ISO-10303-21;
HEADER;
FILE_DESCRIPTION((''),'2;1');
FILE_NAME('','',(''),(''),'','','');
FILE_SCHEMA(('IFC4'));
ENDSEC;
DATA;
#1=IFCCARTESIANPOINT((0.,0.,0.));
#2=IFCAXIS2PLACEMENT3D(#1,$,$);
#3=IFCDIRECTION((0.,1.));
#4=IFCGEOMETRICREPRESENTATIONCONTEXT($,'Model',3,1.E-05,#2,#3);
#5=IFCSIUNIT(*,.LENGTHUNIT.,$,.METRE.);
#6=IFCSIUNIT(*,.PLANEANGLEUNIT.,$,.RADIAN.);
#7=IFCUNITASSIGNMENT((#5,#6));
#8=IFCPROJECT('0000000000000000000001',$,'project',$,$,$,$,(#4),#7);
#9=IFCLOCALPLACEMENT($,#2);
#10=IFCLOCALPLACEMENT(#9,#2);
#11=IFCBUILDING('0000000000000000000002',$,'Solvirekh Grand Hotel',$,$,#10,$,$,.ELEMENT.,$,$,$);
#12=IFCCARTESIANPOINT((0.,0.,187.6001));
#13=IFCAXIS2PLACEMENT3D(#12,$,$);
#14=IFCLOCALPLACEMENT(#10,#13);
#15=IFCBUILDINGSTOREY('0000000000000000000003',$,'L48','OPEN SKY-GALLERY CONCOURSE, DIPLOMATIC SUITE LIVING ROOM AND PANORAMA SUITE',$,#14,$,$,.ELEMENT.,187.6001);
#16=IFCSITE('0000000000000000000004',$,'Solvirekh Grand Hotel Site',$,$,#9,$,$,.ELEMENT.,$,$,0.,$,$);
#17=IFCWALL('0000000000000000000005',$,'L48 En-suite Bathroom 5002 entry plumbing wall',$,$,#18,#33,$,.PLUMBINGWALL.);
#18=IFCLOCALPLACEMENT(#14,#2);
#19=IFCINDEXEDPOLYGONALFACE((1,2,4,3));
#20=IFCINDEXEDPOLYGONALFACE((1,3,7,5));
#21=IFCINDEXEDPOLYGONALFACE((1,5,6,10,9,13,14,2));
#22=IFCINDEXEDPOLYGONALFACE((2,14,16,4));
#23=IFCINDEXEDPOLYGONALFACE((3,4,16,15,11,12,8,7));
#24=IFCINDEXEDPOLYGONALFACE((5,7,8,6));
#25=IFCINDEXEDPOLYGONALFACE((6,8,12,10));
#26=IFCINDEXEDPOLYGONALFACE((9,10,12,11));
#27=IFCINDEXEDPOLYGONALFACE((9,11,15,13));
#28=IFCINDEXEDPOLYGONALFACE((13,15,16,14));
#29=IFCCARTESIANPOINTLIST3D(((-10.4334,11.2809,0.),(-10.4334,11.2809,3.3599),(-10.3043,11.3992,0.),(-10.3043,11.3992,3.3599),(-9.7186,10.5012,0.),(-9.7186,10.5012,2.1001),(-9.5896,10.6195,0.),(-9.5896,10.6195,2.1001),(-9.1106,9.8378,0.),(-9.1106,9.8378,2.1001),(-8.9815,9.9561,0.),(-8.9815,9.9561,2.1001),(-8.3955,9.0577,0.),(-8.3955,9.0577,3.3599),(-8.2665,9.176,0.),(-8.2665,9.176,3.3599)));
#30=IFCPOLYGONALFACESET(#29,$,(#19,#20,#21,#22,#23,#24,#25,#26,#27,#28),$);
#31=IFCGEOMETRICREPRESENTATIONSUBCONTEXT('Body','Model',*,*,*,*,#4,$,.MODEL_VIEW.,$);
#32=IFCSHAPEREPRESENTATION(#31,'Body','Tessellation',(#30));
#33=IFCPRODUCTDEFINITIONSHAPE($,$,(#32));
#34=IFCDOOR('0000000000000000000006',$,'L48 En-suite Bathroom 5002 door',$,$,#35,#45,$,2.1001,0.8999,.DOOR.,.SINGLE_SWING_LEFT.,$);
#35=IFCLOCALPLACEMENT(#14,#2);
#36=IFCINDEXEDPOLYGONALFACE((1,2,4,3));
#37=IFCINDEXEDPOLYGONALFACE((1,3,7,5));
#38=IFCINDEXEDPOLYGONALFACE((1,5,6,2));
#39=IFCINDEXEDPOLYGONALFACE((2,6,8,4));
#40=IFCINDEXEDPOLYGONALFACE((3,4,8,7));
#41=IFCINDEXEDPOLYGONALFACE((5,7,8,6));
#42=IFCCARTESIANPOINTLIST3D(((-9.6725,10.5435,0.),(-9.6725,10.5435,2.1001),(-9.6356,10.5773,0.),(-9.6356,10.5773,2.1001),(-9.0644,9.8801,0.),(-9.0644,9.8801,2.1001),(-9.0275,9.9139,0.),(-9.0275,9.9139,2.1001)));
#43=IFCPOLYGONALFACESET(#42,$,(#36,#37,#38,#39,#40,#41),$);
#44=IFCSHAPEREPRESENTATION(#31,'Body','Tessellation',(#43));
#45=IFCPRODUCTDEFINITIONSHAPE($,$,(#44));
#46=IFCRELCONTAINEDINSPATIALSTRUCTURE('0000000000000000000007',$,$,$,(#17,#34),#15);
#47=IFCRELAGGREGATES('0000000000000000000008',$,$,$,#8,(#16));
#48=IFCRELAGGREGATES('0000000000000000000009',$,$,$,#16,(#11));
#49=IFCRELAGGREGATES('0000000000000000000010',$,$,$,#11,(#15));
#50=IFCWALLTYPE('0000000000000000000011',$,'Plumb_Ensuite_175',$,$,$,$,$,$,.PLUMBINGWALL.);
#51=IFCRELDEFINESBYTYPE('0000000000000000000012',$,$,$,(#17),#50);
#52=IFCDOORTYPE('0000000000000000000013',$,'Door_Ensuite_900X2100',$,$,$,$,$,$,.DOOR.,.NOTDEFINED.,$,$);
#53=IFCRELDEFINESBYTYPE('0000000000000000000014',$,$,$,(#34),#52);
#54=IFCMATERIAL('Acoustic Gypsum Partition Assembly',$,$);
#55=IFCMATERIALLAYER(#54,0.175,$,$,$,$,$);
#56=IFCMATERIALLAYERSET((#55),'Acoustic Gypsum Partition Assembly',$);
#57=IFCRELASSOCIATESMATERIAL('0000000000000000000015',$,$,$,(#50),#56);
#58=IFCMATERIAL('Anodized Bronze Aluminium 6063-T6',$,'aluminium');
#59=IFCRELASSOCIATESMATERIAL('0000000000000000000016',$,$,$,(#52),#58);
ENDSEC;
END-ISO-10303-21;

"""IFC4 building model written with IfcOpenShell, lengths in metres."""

from ifc_helpers import new_model, si_unit, direction, frame, frame_2d, origin, place, context, subcontext, project, spatial, rectangle, extrude, material, layer, layer_set, type_object, element, fill, save


model = new_model("IFC4")

# Units and contexts
model_context = context("Model", 3, precision=1e-05, world=origin(), true_north=direction((0.0, 1.0)))
body_context = subcontext(model_context, "Body", "Model", "MODEL_VIEW")
ifc_project = project(units=[si_unit("LENGTHUNIT", "METRE"), si_unit("PLANEANGLEUNIT", "RADIAN")], contexts=[model_context])

# Site, building, storey
site_placement = place(None, origin())
site = spatial("IfcSite", under=ifc_project, at=site_placement, Name="Solvirekh Grand Hotel Site", CompositionType="ELEMENT", RefElevation=0.0)
building_placement = place(site_placement, origin())
building = spatial("IfcBuilding", under=site, at=building_placement, Name="Solvirekh Grand Hotel", CompositionType="ELEMENT")
storey_placement = place(building_placement, frame((0.0, 0.0, 187.6001)))
storey = spatial("IfcBuildingStorey", under=building, at=storey_placement, Name="L48", Description="OPEN SKY-GALLERY CONCOURSE, DIPLOMATIC SUITE LIVING ROOM AND PANORAMA SUITE", CompositionType="ELEMENT", Elevation=187.6001)

# Shared definitions
ifc_material_1 = material(Name="Acoustic Gypsum Partition Assembly")

# Wall, opening, door
ifc_layer_1 = layer(ifc_material_1, 0.175)
ifc_layer_set_1 = layer_set([ifc_layer_1], Name="Acoustic Gypsum Partition Assembly")
wall_type_1 = type_object("IfcWallType", Name="Plumb_Ensuite_175", PredefinedType="PLUMBINGWALL", material=ifc_layer_set_1)
wall_1_placement = place(storey_placement, frame((-8.3311, 9.1169, 0.0), z_axis=(0.0, 0.0, 1.0), x_axis=(-0.675717, 0.737161, 0.0)))
wall_1 = element("IfcWall", 1, at=wall_1_placement, inside=storey, type_object=wall_type_1, Name="L48 En-suite Bathroom 5002 entry plumbing wall", PredefinedType="PLUMBINGWALL", context=body_context, shape_type="SweptSolid", body=[
    extrude(rectangle(XDim=3.0159, YDim=0.175, at=frame_2d((1.5078, 0.0))), origin(), (0.0, 0.0, 1.0), 3.3599),
])
opening_1_placement = place(wall_1_placement, frame((1.0581, 0.0, 0.0)))
opening_1 = element("IfcOpeningElement", 2, at=opening_1_placement, cuts=wall_1, PredefinedType="OPENING", context=body_context, shape_type="SweptSolid", body=[
    extrude(rectangle(XDim=0.8999, YDim=2.1001, at=frame_2d((0.45, 1.05))), frame((0.0, 0.0977, 0.0), z_axis=(0.0, -1.0, 0.0), x_axis=(1.0, 0.0, 0.0)), (0.0, 0.0, 1.0), 0.1951),
])
ifc_material_2 = material(Name="Anodized Bronze Aluminium 6063-T6", Category="aluminium")
door_type_1 = type_object("IfcDoorType", Name="Door_Ensuite_900X2100", OperationType="NOTDEFINED", PredefinedType="DOOR", material=ifc_material_2)
door_1_placement = place(opening_1_placement, origin())
door_1 = element("IfcDoor", 3, at=door_1_placement, inside=storey, type_object=door_type_1, Name="L48 En-suite Bathroom 5002 door", OperationType="SINGLE_SWING_LEFT", OverallHeight=2.1001, OverallWidth=0.8999, PredefinedType="DOOR", context=body_context, shape_type="SweptSolid", body=[
    extrude(rectangle(XDim=0.8999, YDim=2.1001, at=frame_2d((0.45, 1.05))), frame((0.0, 0.0249, 0.0), z_axis=(0.0, -1.0, 0.0), x_axis=(1.0, 0.0, 0.0)), (0.0, 0.0, 1.0), 0.05),
])
fill(opening_1, door_1)

save(model, "model.ifc")
